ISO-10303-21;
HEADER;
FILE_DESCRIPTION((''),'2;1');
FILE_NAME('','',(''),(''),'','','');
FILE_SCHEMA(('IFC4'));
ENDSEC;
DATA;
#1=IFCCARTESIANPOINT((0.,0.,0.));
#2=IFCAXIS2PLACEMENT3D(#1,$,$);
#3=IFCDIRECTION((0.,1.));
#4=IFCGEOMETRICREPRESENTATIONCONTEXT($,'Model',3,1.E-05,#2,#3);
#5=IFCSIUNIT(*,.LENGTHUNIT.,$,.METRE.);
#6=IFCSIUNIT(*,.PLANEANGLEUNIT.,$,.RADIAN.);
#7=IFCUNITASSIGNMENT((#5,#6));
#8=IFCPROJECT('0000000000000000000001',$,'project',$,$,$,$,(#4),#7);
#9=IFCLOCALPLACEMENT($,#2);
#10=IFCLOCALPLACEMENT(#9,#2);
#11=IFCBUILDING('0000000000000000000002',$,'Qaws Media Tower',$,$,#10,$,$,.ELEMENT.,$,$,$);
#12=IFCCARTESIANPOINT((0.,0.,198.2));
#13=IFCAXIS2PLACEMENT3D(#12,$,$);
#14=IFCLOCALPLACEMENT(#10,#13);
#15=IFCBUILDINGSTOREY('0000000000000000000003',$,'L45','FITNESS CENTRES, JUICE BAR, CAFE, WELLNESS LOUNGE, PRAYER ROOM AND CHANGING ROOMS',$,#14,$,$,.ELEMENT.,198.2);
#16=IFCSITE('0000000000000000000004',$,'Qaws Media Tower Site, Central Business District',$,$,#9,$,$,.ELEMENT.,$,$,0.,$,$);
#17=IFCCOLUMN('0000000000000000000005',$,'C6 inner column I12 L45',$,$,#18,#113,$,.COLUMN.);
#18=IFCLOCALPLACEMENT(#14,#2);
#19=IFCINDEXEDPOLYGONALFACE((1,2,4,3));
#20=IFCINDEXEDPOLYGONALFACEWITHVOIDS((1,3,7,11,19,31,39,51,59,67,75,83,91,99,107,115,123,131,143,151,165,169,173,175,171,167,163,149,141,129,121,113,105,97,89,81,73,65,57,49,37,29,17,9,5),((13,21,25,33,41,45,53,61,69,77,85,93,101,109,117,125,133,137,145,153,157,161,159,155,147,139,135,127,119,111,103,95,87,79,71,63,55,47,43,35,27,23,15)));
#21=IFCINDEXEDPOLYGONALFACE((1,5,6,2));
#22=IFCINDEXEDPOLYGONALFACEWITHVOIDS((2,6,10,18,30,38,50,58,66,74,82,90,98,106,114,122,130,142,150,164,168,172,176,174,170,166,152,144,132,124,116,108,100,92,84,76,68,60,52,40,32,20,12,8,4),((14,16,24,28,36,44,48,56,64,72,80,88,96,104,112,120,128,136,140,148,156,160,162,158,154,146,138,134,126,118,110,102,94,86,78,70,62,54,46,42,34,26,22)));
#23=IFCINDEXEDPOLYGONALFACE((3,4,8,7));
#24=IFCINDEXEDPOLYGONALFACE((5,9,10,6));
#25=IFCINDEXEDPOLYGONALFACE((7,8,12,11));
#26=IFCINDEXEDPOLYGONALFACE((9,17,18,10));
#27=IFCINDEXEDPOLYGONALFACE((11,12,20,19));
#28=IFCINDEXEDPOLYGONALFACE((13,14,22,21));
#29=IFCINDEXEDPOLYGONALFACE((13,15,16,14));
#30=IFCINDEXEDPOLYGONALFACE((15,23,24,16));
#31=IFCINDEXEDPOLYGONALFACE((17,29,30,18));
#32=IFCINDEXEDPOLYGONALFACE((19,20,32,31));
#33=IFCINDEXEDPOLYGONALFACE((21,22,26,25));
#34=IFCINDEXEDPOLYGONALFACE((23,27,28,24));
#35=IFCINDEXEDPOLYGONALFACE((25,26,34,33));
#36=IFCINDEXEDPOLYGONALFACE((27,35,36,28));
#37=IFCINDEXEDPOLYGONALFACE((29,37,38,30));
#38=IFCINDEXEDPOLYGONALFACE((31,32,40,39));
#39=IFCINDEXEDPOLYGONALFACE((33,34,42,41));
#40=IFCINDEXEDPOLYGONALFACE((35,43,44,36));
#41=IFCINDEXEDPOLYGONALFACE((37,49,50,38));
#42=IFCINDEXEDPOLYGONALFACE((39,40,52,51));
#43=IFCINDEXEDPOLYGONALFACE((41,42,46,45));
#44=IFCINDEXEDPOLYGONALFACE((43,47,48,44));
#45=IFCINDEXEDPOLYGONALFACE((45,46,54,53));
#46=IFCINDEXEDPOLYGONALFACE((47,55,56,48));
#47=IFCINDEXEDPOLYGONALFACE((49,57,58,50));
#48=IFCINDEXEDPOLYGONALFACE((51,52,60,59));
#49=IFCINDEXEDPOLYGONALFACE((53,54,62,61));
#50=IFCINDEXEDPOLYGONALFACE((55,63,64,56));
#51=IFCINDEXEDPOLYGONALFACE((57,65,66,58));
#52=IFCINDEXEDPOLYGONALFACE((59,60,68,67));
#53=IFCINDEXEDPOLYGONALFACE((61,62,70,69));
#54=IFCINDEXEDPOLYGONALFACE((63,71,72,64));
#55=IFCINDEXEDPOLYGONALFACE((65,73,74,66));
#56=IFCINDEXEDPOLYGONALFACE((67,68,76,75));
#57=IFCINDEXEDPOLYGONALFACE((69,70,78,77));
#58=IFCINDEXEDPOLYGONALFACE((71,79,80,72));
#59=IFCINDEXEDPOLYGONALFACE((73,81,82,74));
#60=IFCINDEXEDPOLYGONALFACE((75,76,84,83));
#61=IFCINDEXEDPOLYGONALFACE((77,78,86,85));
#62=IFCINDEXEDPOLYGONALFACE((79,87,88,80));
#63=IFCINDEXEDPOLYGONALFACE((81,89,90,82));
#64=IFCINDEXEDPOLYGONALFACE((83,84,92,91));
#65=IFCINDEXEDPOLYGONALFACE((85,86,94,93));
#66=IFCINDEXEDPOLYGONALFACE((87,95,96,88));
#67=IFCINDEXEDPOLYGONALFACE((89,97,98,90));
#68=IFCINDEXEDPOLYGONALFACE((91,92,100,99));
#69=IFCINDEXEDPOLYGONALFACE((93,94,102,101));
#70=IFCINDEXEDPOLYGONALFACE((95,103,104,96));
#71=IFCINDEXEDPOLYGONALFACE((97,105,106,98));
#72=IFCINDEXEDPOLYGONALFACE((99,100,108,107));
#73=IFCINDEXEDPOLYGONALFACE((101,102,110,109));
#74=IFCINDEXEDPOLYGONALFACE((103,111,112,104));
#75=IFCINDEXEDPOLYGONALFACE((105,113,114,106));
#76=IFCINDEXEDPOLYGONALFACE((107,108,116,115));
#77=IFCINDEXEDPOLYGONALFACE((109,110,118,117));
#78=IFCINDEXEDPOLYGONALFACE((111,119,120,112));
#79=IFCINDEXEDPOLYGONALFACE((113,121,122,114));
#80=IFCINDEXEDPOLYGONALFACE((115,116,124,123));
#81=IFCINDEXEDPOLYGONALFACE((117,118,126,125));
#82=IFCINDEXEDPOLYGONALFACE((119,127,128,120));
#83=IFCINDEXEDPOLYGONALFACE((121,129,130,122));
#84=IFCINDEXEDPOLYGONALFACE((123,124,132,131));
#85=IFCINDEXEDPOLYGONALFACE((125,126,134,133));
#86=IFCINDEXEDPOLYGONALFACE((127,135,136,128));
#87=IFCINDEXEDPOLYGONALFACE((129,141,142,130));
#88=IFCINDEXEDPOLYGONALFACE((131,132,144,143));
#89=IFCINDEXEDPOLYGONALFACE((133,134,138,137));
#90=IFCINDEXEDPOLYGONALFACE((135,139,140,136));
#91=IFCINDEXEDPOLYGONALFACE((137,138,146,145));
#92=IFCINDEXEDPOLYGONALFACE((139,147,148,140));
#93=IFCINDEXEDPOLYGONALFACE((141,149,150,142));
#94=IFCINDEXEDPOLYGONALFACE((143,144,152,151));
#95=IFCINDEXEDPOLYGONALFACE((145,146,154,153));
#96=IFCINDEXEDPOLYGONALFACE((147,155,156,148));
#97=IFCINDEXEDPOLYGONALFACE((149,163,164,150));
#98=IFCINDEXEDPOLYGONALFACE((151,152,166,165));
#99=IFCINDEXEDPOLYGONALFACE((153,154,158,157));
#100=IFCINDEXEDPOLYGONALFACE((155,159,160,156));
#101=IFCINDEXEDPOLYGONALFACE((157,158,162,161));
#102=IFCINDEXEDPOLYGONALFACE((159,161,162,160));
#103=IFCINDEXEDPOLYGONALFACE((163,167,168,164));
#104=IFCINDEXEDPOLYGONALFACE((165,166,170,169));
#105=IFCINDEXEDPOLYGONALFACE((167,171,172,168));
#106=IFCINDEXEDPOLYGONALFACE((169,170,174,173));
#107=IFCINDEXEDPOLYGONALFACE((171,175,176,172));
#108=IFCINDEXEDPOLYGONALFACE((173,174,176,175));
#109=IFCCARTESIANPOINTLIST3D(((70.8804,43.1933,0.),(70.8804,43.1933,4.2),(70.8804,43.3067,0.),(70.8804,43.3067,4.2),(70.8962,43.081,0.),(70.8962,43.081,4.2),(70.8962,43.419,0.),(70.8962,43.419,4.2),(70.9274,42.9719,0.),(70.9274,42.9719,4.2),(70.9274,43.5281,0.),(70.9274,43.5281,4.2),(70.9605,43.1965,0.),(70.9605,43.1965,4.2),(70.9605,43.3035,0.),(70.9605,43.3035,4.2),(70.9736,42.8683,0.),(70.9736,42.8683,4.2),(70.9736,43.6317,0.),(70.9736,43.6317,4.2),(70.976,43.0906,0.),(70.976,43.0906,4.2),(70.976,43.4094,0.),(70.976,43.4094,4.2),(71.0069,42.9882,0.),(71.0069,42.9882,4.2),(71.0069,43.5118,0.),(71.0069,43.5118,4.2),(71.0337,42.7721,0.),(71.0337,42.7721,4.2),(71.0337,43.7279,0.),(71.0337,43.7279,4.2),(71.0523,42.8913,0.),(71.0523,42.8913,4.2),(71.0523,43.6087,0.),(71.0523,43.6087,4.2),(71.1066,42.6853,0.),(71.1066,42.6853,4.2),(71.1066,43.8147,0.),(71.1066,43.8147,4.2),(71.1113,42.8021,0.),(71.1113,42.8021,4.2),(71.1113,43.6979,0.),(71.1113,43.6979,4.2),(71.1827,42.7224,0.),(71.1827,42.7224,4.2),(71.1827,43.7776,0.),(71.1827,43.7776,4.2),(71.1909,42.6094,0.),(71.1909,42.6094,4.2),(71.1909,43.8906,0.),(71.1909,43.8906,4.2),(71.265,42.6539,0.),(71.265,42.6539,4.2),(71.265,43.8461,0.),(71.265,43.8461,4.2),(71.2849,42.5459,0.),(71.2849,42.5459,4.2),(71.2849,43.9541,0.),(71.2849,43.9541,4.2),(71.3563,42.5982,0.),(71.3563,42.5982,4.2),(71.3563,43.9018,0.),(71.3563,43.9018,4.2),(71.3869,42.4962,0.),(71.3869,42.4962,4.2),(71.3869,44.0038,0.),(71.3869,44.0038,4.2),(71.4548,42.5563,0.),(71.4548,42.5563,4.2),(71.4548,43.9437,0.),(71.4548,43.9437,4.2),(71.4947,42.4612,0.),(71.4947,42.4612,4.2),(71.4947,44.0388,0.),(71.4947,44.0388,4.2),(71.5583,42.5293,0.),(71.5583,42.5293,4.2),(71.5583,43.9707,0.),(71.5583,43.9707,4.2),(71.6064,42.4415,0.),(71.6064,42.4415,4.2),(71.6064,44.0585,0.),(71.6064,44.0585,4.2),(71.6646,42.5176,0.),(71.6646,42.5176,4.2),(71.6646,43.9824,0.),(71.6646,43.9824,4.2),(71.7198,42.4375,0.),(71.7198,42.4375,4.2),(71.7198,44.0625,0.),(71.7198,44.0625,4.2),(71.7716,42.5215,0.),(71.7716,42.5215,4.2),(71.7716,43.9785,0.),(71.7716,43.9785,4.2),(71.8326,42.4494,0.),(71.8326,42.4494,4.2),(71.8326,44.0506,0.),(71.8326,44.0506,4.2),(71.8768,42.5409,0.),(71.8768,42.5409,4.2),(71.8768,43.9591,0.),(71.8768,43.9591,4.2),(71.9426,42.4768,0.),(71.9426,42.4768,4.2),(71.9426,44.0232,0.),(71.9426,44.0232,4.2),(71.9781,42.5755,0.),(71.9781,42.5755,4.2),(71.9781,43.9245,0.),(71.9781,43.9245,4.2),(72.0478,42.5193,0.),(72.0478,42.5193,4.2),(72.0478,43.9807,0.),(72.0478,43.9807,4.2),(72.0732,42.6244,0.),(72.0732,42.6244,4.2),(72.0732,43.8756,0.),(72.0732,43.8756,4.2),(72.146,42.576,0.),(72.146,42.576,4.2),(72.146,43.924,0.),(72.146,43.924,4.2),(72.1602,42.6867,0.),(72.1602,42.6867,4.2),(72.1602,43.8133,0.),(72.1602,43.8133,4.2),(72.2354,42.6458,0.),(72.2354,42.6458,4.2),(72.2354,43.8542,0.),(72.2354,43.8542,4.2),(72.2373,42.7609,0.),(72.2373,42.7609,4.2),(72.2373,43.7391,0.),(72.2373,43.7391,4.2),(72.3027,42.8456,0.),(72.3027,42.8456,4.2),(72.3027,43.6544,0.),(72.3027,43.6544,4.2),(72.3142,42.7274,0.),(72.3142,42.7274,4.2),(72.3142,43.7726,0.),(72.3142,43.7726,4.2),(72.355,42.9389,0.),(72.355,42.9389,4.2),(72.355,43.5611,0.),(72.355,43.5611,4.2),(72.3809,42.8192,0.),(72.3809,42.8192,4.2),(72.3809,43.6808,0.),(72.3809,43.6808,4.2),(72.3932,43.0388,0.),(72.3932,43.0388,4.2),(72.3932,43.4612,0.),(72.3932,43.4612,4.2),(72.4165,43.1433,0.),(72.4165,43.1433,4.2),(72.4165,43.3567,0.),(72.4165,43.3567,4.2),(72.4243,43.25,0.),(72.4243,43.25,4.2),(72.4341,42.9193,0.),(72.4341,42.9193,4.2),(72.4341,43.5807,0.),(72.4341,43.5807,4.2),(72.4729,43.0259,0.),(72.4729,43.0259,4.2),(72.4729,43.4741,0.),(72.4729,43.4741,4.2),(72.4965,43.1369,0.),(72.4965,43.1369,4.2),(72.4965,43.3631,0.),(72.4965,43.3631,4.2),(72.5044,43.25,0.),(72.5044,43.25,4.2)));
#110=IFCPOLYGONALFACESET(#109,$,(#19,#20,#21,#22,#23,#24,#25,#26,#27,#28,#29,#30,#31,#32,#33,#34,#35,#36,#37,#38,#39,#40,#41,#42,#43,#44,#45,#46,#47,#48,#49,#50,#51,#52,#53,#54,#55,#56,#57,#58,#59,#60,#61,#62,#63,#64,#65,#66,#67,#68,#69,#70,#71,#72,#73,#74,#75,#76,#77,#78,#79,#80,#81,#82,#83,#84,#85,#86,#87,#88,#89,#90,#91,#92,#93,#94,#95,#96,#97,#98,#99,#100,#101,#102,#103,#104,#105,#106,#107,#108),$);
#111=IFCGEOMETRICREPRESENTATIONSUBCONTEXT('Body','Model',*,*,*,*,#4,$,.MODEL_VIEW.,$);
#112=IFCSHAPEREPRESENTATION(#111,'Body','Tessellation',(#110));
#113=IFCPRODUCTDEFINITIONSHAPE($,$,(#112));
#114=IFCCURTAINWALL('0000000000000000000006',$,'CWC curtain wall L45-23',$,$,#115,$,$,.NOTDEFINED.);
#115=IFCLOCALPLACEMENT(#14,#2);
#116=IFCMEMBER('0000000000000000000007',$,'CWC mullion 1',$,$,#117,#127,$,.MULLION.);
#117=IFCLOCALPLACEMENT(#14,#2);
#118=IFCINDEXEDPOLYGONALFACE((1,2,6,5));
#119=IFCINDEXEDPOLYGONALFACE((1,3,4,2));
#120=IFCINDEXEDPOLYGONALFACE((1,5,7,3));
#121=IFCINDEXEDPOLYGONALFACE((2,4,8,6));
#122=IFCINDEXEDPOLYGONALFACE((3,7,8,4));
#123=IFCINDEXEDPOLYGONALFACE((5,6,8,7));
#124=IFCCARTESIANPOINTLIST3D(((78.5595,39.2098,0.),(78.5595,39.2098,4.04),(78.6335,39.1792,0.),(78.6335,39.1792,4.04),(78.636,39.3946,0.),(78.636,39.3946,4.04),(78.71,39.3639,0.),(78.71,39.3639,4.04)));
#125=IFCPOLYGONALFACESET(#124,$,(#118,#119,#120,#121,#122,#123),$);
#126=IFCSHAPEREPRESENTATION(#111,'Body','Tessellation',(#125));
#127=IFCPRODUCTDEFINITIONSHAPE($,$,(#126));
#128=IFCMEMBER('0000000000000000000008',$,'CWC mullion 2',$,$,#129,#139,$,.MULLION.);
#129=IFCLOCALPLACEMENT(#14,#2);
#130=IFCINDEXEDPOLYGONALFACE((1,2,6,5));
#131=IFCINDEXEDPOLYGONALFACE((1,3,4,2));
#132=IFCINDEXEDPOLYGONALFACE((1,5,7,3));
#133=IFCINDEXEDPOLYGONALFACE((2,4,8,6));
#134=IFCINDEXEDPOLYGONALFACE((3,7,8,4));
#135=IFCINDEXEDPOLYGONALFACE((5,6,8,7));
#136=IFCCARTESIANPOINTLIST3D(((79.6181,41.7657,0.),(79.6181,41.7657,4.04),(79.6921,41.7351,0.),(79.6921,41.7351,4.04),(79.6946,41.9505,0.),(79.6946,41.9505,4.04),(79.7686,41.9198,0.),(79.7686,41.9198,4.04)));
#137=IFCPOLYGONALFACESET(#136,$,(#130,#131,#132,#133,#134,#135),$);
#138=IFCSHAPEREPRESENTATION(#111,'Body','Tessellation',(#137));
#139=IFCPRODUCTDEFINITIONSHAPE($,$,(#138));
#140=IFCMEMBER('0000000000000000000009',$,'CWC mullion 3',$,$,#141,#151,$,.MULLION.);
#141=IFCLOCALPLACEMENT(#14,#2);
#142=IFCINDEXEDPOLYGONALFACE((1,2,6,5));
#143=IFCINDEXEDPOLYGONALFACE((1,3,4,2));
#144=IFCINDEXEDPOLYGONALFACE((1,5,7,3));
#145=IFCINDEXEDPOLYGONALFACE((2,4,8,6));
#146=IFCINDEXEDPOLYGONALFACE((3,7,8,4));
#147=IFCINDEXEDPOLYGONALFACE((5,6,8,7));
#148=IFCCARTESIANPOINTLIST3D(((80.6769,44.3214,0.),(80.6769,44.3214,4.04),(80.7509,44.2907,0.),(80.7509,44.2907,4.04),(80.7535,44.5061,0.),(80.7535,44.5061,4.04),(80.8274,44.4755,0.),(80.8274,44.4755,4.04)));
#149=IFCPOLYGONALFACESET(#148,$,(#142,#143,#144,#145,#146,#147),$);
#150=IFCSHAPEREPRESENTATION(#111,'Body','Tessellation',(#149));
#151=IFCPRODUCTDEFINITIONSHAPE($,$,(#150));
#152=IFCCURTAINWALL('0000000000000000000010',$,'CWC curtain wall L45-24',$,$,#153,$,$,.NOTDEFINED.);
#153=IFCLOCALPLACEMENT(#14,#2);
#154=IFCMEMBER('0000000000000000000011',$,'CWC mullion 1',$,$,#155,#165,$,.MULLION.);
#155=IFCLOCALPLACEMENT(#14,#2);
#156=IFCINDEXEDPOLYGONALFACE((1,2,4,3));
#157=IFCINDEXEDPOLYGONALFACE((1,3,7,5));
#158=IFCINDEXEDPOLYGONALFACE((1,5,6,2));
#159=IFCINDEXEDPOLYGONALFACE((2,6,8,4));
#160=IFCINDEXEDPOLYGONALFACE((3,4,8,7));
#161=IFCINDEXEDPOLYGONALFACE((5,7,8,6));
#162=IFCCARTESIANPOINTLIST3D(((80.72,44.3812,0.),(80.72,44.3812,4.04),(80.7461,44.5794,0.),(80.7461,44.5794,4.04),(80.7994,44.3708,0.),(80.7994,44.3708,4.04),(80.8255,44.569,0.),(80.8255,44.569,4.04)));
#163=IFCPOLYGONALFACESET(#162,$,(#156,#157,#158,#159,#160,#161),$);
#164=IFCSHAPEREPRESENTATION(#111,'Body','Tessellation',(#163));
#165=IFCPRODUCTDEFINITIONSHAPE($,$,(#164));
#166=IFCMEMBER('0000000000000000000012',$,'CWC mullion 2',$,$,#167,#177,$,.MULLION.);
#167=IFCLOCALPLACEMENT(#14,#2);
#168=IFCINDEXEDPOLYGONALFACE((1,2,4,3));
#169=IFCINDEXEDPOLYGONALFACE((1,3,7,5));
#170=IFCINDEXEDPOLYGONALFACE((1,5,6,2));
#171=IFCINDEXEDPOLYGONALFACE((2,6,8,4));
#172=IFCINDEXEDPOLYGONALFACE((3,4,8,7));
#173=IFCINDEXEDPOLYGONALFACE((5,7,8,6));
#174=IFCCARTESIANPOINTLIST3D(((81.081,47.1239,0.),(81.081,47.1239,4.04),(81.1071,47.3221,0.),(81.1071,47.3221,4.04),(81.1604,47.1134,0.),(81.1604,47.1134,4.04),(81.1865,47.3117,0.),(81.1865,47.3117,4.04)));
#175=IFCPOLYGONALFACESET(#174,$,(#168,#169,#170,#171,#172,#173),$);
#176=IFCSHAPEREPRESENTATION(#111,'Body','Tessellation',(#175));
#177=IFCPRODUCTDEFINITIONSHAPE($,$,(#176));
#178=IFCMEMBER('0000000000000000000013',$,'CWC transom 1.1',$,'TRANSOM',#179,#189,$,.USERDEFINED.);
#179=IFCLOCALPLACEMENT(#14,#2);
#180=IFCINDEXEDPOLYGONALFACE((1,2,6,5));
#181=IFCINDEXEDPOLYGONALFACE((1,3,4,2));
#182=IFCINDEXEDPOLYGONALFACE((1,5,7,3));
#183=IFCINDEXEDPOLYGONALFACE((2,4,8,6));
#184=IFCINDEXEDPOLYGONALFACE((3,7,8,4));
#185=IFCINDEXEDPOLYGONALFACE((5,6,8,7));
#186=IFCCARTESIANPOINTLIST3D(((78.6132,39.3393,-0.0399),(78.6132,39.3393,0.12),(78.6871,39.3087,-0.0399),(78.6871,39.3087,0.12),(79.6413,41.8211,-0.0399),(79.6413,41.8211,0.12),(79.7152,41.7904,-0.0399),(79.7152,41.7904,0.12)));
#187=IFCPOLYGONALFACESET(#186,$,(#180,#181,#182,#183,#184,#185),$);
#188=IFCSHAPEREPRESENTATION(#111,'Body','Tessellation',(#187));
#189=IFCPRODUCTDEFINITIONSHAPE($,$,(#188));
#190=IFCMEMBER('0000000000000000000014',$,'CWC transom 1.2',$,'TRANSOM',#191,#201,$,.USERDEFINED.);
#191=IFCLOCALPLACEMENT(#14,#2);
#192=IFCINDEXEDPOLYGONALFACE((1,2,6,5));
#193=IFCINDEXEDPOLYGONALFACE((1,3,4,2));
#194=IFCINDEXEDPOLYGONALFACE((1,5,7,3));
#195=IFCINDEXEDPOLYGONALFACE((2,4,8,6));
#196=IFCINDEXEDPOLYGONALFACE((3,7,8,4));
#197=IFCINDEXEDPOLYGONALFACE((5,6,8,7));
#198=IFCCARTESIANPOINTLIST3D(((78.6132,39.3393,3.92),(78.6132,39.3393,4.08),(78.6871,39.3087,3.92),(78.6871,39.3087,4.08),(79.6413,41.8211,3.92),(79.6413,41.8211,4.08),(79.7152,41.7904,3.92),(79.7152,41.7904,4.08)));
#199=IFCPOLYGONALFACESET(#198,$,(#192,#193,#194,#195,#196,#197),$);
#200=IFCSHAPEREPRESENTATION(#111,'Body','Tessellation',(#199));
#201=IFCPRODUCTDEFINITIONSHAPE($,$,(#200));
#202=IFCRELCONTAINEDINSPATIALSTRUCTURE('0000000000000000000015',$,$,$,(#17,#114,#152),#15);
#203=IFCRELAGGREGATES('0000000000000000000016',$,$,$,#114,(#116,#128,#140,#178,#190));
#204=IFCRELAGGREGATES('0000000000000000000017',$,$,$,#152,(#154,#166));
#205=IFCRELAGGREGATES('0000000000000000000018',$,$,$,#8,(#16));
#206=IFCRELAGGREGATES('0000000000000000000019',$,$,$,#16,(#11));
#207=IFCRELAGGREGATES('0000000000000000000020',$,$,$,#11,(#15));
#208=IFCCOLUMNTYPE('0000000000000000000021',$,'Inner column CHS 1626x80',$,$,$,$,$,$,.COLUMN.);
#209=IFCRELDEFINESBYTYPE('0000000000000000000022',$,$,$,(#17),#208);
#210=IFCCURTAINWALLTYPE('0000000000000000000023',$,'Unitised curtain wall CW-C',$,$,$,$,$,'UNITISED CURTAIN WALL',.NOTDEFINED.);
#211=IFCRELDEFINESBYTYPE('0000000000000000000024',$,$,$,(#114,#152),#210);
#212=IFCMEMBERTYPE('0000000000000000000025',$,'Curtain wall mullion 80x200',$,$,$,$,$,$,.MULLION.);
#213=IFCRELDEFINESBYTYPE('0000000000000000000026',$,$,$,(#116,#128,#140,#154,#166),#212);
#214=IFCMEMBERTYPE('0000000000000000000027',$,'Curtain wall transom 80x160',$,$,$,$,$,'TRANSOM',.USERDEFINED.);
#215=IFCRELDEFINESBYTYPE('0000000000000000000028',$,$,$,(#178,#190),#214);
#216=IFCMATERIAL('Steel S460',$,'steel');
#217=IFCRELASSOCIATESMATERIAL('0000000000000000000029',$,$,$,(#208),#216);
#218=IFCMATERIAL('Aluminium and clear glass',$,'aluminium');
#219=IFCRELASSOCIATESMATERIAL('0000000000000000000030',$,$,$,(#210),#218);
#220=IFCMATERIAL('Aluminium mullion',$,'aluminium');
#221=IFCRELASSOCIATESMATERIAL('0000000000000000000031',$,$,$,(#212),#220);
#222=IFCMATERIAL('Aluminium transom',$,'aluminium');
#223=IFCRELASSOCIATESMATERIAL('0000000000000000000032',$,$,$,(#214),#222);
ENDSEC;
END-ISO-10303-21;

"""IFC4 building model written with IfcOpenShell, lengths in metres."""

from ifc_helpers import new_model, si_unit, direction, frame, origin, origin_2d, place, context, subcontext, project, spatial, rectangle, hollow_circle, extrude, material, material_profile, profile_set, type_object, element, aggregate, save


model = new_model("IFC4")

# Units and contexts
model_context = context("Model", 3, precision=1e-05, world=origin(), true_north=direction((0.0, 1.0)))
body_context = subcontext(model_context, "Body", "Model", "MODEL_VIEW")
ifc_project = project(units=[si_unit("LENGTHUNIT", "METRE"), si_unit("PLANEANGLEUNIT", "RADIAN")], contexts=[model_context])

# Site, building, storey
site_placement = place(None, origin())
site = spatial("IfcSite", under=ifc_project, at=site_placement, Name="Qaws Media Tower Site, Central Business District", CompositionType="ELEMENT", RefElevation=0.0)
building_placement = place(site_placement, origin())
building = spatial("IfcBuilding", under=site, at=building_placement, Name="Qaws Media Tower", CompositionType="ELEMENT")
storey_placement = place(building_placement, frame((0.0, 0.0, 198.2)))
storey = spatial("IfcBuildingStorey", under=building, at=storey_placement, Name="L45", Description="FITNESS CENTRES, JUICE BAR, CAFE, WELLNESS LOUNGE, PRAYER ROOM AND CHANGING ROOMS", CompositionType="ELEMENT", Elevation=198.2)

# Column
ifc_material_1 = material(Name="Steel S460", Category="steel")
ifc_material_profile_1 = material_profile(ifc_material_1, hollow_circle(Radius=0.813, WallThickness=0.0801, at=origin_2d()), Name="CHS 1626x80")
ifc_profile_set_1 = profile_set([ifc_material_profile_1], Name="Steel S460")
column_type = type_object("IfcColumnType", Name="Inner column CHS 1626x80", PredefinedType="COLUMN", material=ifc_profile_set_1)
column_placement = place(storey_placement, frame((71.6914, 43.25, 0.0), z_axis=(0.0, 0.0, 1.0), x_axis=(1.0, 0.0, 0.0)))
element("IfcColumn", 1, at=column_placement, inside=storey, type_object=column_type, Name="C6 inner column I12 L45", PredefinedType="COLUMN", context=body_context, shape_type="SweptSolid", body=[
    extrude(hollow_circle(Radius=0.813, WallThickness=0.0801, at=origin_2d()), origin(), (0.0, 0.0, 1.0), 4.2),
])

# Curtain walls, members
ifc_material_2 = material(Name="Aluminium and clear glass", Category="aluminium")
curtain_wall_type = type_object("IfcCurtainWallType", Name="Unitised curtain wall CW-C", ElementType="UNITISED CURTAIN WALL", PredefinedType="NOTDEFINED", material=ifc_material_2)
curtain_wall_1_placement = place(storey_placement, origin())
curtain_wall_1 = element("IfcCurtainWall", 2, at=curtain_wall_1_placement, inside=storey, type_object=curtain_wall_type, Name="CWC curtain wall L45-23", PredefinedType="NOTDEFINED")
ifc_material_3 = material(Name="Aluminium mullion", Category="aluminium")
ifc_material_profile_2 = material_profile(ifc_material_3, rectangle(XDim=0.0801, YDim=0.2, at=origin_2d()), Name="80x200")
ifc_profile_set_2 = profile_set([ifc_material_profile_2], Name="Aluminium mullion")
member_type_1 = type_object("IfcMemberType", Name="Curtain wall mullion 80x200", PredefinedType="MULLION", material=ifc_profile_set_2)
member_1_placement = place(storey_placement, frame((78.6348, 39.2869, 0.0), z_axis=(0.0, 0.0, 1.0), x_axis=(-0.92388, 0.382683, 0.0)))
member_1 = element("IfcMember", 3, at=member_1_placement, type_object=member_type_1, Name="CWC mullion 1", PredefinedType="MULLION", context=body_context, shape_type="SweptSolid", body=[
    extrude(rectangle(XDim=0.0801, YDim=0.2, at=origin_2d()), origin(), (0.0, 0.0, 1.0), 4.04),
])
member_2_placement = place(storey_placement, frame((79.6934, 41.8428, 0.0), z_axis=(0.0, 0.0, 1.0), x_axis=(-0.92388, 0.382683, 0.0)))
member_2 = element("IfcMember", 4, at=member_2_placement, type_object=member_type_1, Name="CWC mullion 2", PredefinedType="MULLION", context=body_context, shape_type="SweptSolid", body=[
    extrude(rectangle(XDim=0.0801, YDim=0.2, at=origin_2d()), origin(), (0.0, 0.0, 1.0), 4.04),
])
member_3_placement = place(storey_placement, frame((80.7522, 44.3984, 0.0), z_axis=(0.0, 0.0, 1.0), x_axis=(-0.92388, 0.382683, 0.0)))
member_3 = element("IfcMember", 5, at=member_3_placement, type_object=member_type_1, Name="CWC mullion 3", PredefinedType="MULLION", context=body_context, shape_type="SweptSolid", body=[
    extrude(rectangle(XDim=0.0801, YDim=0.2, at=origin_2d()), origin(), (0.0, 0.0, 1.0), 4.04),
])
curtain_wall_2_placement = place(storey_placement, origin())
curtain_wall_2 = element("IfcCurtainWall", 6, at=curtain_wall_2_placement, inside=storey, type_object=curtain_wall_type, Name="CWC curtain wall L45-24", PredefinedType="NOTDEFINED")
member_4_placement = place(storey_placement, frame((80.7727, 44.4751, 0.0), z_axis=(0.0, 0.0, 1.0), x_axis=(-0.991445, 0.130526, 0.0)))
member_4 = element("IfcMember", 7, at=member_4_placement, type_object=member_type_1, Name="CWC mullion 1", PredefinedType="MULLION", context=body_context, shape_type="SweptSolid", body=[
    extrude(rectangle(XDim=0.0801, YDim=0.2, at=origin_2d()), origin(), (0.0, 0.0, 1.0), 4.04),
])
member_5_placement = place(storey_placement, frame((81.1338, 47.2178, 0.0), z_axis=(0.0, 0.0, 1.0), x_axis=(-0.991445, 0.130526, 0.0)))
member_5 = element("IfcMember", 8, at=member_5_placement, type_object=member_type_1, Name="CWC mullion 2", PredefinedType="MULLION", context=body_context, shape_type="SweptSolid", body=[
    extrude(rectangle(XDim=0.0801, YDim=0.2, at=origin_2d()), origin(), (0.0, 0.0, 1.0), 4.04),
])

# Members
ifc_material_4 = material(Name="Aluminium transom", Category="aluminium")
ifc_material_profile_3 = material_profile(ifc_material_4, rectangle(XDim=0.0801, YDim=0.1599, at=origin_2d()), Name="80x160")
ifc_profile_set_3 = profile_set([ifc_material_profile_3], Name="Aluminium transom")
member_type_2 = type_object("IfcMemberType", Name="Curtain wall transom 80x160", ElementType="TRANSOM", PredefinedType="USERDEFINED", material=ifc_profile_set_3)
member_6_placement = place(storey_placement, frame((78.6501, 39.324, 0.04), z_axis=(0.382724, 0.923863, 0.0), x_axis=(-0.923863, 0.382724, 0.0)))
member_6 = element("IfcMember", 9, at=member_6_placement, type_object=member_type_2, Name="CWC transom 1.1", ObjectType="TRANSOM", PredefinedType="USERDEFINED", context=body_context, shape_type="SweptSolid", body=[
    extrude(rectangle(XDim=0.0801, YDim=0.1599, at=origin_2d()), origin(), (0.0, 0.0, 1.0), 2.6863),
])
member_7_placement = place(storey_placement, frame((78.6501, 39.324, 4.0), z_axis=(0.382724, 0.923863, 0.0), x_axis=(-0.923863, 0.382724, 0.0)))
member_7 = element("IfcMember", 10, at=member_7_placement, type_object=member_type_2, Name="CWC transom 1.2", ObjectType="TRANSOM", PredefinedType="USERDEFINED", context=body_context, shape_type="SweptSolid", body=[
    extrude(rectangle(XDim=0.0801, YDim=0.1599, at=origin_2d()), origin(), (0.0, 0.0, 1.0), 2.6863),
])

aggregate(curtain_wall_1, [member_1, member_2, member_3, member_6, member_7])
aggregate(curtain_wall_2, [member_4, member_5])

save(model, "model.ifc")
